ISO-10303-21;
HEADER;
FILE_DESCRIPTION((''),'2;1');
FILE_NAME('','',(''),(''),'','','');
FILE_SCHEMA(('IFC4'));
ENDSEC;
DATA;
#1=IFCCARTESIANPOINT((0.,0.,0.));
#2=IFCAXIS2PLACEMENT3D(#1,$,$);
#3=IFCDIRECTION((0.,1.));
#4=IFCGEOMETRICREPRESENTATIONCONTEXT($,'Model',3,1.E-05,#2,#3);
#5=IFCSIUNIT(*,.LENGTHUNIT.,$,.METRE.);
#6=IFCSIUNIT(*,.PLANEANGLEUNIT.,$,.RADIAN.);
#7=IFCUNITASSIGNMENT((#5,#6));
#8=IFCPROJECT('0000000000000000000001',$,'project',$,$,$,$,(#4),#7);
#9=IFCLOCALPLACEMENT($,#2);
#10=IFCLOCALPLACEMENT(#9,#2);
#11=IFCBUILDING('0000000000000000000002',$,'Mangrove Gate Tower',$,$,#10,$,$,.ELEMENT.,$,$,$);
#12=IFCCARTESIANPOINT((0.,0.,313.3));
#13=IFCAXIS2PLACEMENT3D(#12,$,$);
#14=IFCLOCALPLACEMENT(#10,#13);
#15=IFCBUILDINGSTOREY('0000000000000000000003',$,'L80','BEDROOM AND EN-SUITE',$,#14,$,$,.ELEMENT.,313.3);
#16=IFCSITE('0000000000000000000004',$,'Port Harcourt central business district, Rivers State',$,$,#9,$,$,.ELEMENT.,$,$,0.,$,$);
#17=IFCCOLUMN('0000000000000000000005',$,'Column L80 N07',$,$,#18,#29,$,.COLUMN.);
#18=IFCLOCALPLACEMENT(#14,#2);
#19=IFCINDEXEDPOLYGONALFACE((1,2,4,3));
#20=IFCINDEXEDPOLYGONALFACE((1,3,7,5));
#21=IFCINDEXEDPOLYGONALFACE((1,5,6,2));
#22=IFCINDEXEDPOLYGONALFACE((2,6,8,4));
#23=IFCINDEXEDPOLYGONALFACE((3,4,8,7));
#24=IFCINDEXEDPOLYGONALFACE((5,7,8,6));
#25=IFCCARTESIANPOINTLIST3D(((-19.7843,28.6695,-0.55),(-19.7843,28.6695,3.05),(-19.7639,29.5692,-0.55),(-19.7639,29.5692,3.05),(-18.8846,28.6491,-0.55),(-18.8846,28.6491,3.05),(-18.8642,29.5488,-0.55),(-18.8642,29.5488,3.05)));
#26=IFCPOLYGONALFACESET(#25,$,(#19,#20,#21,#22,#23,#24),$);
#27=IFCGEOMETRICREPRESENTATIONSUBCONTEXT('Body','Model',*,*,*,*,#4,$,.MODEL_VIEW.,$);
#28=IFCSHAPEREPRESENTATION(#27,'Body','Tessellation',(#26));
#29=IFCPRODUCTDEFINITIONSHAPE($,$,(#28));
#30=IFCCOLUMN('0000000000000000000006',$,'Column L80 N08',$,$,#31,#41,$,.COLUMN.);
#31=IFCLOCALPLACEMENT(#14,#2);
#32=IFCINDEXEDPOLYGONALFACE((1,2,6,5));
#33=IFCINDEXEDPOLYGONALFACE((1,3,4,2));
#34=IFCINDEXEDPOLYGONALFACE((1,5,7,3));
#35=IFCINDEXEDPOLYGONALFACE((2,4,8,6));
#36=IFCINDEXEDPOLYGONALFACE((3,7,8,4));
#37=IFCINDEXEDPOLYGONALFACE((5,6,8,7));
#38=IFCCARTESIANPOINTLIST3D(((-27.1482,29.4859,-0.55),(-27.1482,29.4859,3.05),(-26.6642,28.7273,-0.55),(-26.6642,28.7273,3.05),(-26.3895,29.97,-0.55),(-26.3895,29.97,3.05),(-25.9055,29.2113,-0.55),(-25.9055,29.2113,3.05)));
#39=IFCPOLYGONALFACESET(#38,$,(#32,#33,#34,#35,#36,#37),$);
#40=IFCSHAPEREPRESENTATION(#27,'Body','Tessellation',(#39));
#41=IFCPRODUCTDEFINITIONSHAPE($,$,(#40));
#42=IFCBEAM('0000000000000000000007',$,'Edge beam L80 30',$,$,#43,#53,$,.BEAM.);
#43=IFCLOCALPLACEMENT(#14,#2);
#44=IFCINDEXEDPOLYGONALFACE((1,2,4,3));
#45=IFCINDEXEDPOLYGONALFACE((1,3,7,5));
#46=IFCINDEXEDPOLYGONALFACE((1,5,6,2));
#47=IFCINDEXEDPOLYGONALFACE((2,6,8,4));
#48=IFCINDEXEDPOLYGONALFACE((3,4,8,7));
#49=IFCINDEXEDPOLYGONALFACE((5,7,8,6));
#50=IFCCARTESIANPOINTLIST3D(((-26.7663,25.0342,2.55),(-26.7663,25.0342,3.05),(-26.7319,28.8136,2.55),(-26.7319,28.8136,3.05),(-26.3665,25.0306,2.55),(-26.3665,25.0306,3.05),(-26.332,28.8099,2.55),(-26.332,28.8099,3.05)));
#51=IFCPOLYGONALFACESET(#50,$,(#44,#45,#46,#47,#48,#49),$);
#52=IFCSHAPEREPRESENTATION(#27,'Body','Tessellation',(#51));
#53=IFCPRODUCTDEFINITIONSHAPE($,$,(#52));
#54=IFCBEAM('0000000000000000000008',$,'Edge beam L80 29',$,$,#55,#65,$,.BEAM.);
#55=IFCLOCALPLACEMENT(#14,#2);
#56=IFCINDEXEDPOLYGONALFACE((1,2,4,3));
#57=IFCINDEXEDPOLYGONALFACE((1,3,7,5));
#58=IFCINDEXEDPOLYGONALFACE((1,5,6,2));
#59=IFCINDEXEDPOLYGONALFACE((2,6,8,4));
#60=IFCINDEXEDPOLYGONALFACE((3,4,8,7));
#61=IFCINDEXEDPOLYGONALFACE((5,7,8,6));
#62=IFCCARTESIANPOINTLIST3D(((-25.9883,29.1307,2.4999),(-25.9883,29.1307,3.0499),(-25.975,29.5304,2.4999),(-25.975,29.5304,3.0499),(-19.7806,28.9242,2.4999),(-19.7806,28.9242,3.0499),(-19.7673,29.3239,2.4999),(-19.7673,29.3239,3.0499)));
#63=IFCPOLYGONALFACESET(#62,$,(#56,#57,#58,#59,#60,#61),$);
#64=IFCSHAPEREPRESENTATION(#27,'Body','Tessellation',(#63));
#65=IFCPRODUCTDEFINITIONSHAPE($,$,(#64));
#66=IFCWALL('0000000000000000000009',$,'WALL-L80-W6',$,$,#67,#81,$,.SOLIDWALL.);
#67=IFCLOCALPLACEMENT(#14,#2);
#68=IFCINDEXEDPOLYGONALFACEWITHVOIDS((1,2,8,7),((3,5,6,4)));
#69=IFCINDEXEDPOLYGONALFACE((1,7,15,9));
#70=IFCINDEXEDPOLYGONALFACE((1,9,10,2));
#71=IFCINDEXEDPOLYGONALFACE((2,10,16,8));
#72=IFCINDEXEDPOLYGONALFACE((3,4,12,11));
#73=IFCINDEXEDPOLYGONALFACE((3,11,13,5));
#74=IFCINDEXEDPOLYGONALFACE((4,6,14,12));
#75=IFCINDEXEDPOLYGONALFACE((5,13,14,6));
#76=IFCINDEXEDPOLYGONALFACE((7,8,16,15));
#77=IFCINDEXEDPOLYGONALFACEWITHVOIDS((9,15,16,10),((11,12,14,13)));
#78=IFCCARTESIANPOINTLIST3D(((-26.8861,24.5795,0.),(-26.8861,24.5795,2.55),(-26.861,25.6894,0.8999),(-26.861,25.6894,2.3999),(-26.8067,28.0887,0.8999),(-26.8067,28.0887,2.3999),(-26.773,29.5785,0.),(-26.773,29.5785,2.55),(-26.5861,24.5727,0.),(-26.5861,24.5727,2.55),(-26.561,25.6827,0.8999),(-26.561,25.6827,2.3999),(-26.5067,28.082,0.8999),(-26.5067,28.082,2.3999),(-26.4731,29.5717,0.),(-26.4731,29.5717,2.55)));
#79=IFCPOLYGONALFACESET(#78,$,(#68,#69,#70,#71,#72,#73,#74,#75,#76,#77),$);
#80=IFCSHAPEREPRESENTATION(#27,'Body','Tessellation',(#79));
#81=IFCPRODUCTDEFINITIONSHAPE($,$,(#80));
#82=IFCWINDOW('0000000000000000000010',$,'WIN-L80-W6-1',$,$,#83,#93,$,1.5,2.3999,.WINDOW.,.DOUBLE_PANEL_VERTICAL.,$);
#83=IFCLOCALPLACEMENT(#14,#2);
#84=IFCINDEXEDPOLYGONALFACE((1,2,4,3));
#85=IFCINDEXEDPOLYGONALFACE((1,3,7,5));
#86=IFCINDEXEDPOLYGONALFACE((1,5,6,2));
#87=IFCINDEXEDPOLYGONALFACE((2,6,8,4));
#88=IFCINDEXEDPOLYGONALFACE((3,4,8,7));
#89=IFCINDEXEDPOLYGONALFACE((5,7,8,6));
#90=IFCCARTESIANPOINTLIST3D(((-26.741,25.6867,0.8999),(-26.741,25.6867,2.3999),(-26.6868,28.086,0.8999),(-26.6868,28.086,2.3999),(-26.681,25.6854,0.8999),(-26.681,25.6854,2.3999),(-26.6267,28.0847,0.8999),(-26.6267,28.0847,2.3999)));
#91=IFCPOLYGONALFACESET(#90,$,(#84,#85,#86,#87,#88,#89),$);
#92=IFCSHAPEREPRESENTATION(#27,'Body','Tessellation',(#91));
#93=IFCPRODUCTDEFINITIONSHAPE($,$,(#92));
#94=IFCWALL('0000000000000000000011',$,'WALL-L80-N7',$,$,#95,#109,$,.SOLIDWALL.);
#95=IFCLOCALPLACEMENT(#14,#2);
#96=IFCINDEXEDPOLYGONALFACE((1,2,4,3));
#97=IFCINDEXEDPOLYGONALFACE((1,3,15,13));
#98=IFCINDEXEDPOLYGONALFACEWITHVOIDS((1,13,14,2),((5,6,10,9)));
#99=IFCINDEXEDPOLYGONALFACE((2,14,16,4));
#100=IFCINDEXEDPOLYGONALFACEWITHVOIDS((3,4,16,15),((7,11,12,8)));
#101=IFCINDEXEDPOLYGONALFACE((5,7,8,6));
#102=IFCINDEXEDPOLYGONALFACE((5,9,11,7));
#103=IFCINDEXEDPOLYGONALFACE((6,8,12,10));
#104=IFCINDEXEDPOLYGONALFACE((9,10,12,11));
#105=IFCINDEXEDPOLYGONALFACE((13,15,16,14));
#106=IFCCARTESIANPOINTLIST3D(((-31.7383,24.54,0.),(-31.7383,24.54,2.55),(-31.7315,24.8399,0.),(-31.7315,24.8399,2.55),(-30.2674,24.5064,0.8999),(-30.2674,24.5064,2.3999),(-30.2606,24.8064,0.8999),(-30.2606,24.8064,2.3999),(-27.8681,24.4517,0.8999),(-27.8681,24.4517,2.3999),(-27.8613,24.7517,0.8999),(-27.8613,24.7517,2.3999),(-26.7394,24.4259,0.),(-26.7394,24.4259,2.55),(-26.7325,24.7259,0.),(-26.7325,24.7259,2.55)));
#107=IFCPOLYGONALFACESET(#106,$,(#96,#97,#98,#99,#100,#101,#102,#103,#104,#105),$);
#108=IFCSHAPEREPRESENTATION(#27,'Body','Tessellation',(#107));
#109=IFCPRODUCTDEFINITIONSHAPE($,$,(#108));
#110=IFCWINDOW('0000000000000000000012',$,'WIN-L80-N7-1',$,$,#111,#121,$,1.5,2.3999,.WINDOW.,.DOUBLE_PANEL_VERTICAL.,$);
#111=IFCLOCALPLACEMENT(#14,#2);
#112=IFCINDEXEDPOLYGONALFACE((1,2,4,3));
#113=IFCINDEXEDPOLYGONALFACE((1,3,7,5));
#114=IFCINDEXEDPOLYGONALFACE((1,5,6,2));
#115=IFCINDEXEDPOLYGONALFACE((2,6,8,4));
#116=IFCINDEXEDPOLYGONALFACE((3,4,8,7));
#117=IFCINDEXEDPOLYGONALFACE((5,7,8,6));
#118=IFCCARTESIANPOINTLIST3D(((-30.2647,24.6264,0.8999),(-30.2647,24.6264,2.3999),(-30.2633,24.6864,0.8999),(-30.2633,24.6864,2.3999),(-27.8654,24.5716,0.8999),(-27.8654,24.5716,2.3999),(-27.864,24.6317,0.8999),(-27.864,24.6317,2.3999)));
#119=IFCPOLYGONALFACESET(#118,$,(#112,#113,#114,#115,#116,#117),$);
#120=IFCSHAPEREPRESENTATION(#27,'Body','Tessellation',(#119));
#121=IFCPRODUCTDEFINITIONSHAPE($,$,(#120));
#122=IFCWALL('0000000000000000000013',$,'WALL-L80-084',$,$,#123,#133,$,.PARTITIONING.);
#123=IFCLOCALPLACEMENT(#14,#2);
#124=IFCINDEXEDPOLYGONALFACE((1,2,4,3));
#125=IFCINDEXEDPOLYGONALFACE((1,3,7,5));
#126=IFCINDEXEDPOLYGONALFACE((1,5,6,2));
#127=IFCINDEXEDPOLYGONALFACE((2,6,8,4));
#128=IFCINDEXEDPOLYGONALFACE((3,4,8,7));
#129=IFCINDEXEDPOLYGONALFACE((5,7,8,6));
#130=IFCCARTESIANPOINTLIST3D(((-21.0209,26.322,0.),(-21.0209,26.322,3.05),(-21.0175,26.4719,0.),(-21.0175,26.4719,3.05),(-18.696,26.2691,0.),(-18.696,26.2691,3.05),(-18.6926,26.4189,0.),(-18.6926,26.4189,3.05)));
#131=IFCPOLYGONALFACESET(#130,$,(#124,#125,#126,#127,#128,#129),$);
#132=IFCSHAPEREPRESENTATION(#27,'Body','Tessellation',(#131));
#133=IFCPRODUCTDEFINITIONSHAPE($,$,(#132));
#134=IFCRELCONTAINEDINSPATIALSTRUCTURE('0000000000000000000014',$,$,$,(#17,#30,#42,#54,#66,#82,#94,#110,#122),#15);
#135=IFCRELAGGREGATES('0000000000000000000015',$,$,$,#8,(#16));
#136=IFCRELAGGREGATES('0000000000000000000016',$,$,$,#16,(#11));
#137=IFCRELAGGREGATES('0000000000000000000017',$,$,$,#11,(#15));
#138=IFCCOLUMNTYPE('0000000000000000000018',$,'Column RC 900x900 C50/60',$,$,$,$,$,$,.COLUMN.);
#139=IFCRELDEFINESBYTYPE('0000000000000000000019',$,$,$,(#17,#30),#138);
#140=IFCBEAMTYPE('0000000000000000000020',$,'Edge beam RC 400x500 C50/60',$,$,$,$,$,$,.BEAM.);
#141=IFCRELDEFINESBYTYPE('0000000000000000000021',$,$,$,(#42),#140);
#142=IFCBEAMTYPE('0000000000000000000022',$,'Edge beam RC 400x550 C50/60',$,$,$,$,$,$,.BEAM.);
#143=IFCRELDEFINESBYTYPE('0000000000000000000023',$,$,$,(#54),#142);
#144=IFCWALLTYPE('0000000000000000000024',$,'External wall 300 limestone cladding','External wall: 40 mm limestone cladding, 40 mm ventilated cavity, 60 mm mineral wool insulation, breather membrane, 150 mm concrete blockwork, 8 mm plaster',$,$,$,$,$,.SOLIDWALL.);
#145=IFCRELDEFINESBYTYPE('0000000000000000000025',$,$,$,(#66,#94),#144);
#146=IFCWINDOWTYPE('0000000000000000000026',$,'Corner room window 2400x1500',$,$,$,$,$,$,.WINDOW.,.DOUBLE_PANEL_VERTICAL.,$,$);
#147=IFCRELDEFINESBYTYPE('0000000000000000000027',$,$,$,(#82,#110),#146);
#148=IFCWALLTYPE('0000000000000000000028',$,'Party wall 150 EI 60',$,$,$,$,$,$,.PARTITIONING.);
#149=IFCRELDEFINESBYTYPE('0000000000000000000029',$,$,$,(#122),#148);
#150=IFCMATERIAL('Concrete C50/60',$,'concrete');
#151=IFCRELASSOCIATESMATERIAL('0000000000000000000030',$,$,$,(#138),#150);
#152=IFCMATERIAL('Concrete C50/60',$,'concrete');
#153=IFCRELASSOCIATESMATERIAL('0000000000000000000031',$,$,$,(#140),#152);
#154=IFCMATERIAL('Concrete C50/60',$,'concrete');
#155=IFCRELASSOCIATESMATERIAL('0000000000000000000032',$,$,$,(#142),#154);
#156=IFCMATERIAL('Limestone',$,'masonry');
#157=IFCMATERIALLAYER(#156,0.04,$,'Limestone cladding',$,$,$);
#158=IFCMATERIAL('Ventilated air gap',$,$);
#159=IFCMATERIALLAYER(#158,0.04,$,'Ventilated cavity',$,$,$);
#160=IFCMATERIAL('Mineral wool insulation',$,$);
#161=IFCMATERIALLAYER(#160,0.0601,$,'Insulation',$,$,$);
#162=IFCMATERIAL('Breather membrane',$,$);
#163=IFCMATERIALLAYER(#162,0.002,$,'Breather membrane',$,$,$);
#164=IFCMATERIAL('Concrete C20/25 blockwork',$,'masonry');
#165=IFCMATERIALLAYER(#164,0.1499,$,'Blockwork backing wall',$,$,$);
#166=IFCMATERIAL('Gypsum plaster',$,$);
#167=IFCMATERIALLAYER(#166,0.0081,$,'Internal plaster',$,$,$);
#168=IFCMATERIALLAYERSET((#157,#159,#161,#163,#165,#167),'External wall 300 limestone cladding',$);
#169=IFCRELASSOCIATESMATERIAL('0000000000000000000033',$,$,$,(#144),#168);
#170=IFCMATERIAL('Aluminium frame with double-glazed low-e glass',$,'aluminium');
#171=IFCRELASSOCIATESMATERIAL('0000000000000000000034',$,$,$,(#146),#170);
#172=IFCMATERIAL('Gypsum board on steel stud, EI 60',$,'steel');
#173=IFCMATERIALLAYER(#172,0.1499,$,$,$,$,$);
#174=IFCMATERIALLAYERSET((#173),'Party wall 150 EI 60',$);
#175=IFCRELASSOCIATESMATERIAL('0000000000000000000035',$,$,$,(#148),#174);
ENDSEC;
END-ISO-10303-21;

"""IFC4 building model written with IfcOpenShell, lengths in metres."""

from ifc_helpers import new_model, si_unit, direction, frame, frame_2d, origin, origin_2d, place, context, subcontext, project, spatial, rectangle, extrude, material, layer, layer_set, material_profile, profile_set, type_object, element, fill, save


model = new_model("IFC4")

# Units and contexts
model_context = context("Model", 3, precision=1e-05, world=origin(), true_north=direction((0.0, 1.0)))
body_context = subcontext(model_context, "Body", "Model", "MODEL_VIEW")
ifc_project = project(units=[si_unit("LENGTHUNIT", "METRE"), si_unit("PLANEANGLEUNIT", "RADIAN")], contexts=[model_context])

# Site, building, storey
site_placement = place(None, origin())
site = spatial("IfcSite", under=ifc_project, at=site_placement, Name="Port Harcourt central business district, Rivers State", CompositionType="ELEMENT", RefElevation=0.0)
building_placement = place(site_placement, origin())
building = spatial("IfcBuilding", under=site, at=building_placement, Name="Mangrove Gate Tower", CompositionType="ELEMENT")
storey_placement = place(building_placement, frame((0.0, 0.0, 313.3)))
storey = spatial("IfcBuildingStorey", under=building, at=storey_placement, Name="L80", Description="BEDROOM AND EN-SUITE", CompositionType="ELEMENT", Elevation=313.3)

# Columns
ifc_material_1 = material(Name="Concrete C50/60", Category="concrete")
ifc_material_profile_1 = material_profile(ifc_material_1, rectangle(XDim=0.8999, YDim=0.8999, at=origin_2d()))
ifc_profile_set_1 = profile_set([ifc_material_profile_1], Name="Concrete C50/60")
column_type = type_object("IfcColumnType", Name="Column RC 900x900 C50/60", PredefinedType="COLUMN", material=ifc_profile_set_1)
for number, where, z_axis, x_axis, name in (
    (1, (-19.3242, 29.1091, -0.55), (0.0, 0.0, 1.0), (-0.999743, 0.022664, 0.0), "Column L80 N07"),
    (2, (-26.5269, 29.3486, -0.55), (0.0, 0.0, 1.0), (-0.843037, -0.537855, 0.0), "Column L80 N08"),
):
    element("IfcColumn", number, at=place(storey_placement, frame(where, z_axis=z_axis, x_axis=x_axis)), inside=storey, type_object=column_type, Name=name, PredefinedType="COLUMN", context=body_context, shape_type="SweptSolid", body=[
        extrude(rectangle(XDim=0.8999, YDim=0.8999, at=origin_2d()), origin(), (0.0, 0.0, 1.0), 3.6001),
    ])

# Beams
ifc_material_2 = material(Name="Concrete C50/60", Category="concrete")
ifc_material_profile_2 = material_profile(ifc_material_2, rectangle(XDim=0.3999, YDim=0.5, at=origin_2d()))
ifc_profile_set_2 = profile_set([ifc_material_profile_2], Name="Concrete C50/60")
beam_type_1 = type_object("IfcBeamType", Name="Edge beam RC 400x500 C50/60", PredefinedType="BEAM", material=ifc_profile_set_2)
beam_1_placement = place(storey_placement, frame((-26.532, 28.8118, 2.8), z_axis=(-0.009108, -0.999959, 0.0), x_axis=(0.999959, -0.009108, 0.0)))
element("IfcBeam", 3, at=beam_1_placement, inside=storey, type_object=beam_type_1, Name="Edge beam L80 30", PredefinedType="BEAM", context=body_context, shape_type="SweptSolid", body=[
    extrude(rectangle(XDim=0.3999, YDim=0.5, at=origin_2d()), origin(), (0.0, 0.0, 1.0), 3.7795),
])
ifc_material_3 = material(Name="Concrete C50/60", Category="concrete")
ifc_material_profile_3 = material_profile(ifc_material_3, rectangle(XDim=0.3999, YDim=0.55, at=origin_2d()))
ifc_profile_set_3 = profile_set([ifc_material_profile_3], Name="Concrete C50/60")
beam_type_2 = type_object("IfcBeamType", Name="Edge beam RC 400x550 C50/60", PredefinedType="BEAM", material=ifc_profile_set_3)
beam_2_placement = place(storey_placement, frame((-19.7739, 29.124, 2.7749), z_axis=(-0.999447, 0.033253, 0.0), x_axis=(-0.033253, -0.999447, 0.0)))
element("IfcBeam", 4, at=beam_2_placement, inside=storey, type_object=beam_type_2, Name="Edge beam L80 29", PredefinedType="BEAM", context=body_context, shape_type="SweptSolid", body=[
    extrude(rectangle(XDim=0.3999, YDim=0.55, at=origin_2d()), origin(), (0.0, 0.0, 1.0), 6.2112),
])

# Walls, openings, windows
ifc_material_4 = material(Name="Limestone", Category="masonry")
ifc_layer_1 = layer(ifc_material_4, 0.04, Name="Limestone cladding")
ifc_material_5 = material(Name="Ventilated air gap")
ifc_layer_2 = layer(ifc_material_5, 0.04, Name="Ventilated cavity")
ifc_material_6 = material(Name="Mineral wool insulation")
ifc_layer_3 = layer(ifc_material_6, 0.0601, Name="Insulation")
ifc_material_7 = material(Name="Breather membrane")
ifc_layer_4 = layer(ifc_material_7, 0.002, Name="Breather membrane")
ifc_material_8 = material(Name="Concrete C20/25 blockwork", Category="masonry")
ifc_layer_5 = layer(ifc_material_8, 0.1499, Name="Blockwork backing wall")
ifc_material_9 = material(Name="Gypsum plaster")
ifc_layer_6 = layer(ifc_material_9, 0.0081, Name="Internal plaster")
ifc_layer_set_1 = layer_set([ifc_layer_1, ifc_layer_2, ifc_layer_3, ifc_layer_4, ifc_layer_5, ifc_layer_6], Name="External wall 300 limestone cladding")
wall_type_1 = type_object("IfcWallType", Name="External wall 300 limestone cladding", Description="External wall: 40 mm limestone cladding, 40 mm ventilated cavity, 60 mm mineral wool insulation, breather membrane, 150 mm concrete blockwork, 8 mm plaster", PredefinedType="SOLIDWALL", material=ifc_layer_set_1)
wall_1_placement = place(storey_placement, frame((-26.623, 29.575, 0.0), z_axis=(0.0, 0.0, 1.0), x_axis=(-0.022606, -0.999744, 0.0)))
wall_1 = element("IfcWall", 5, at=wall_1_placement, inside=storey, type_object=wall_type_1, Name="WALL-L80-W6", PredefinedType="SOLIDWALL", context=body_context, shape_type="SweptSolid", body=[
    extrude(rectangle(XDim=5.0002, YDim=0.3, at=frame_2d((2.5, 0.0))), origin(), (0.0, 0.0, 1.0), 2.55),
])
opening_1_placement = place(wall_1_placement, frame((1.49, 0.0, 0.8999)))
opening_1 = element("IfcOpeningElement", 6, at=opening_1_placement, cuts=wall_1, PredefinedType="OPENING", context=body_context, shape_type="SweptSolid", body=[
    extrude(rectangle(XDim=2.3999, YDim=1.5, at=frame_2d((1.2, 0.75))), frame((0.0, 0.1599, 0.0), z_axis=(0.0, -1.0, 0.0), x_axis=(1.0, 0.0, 0.0)), (0.0, 0.0, 1.0), 0.3201),
])
ifc_material_10 = material(Name="Aluminium frame with double-glazed low-e glass", Category="aluminium")
window_type_1 = type_object("IfcWindowType", Name="Corner room window 2400x1500", PartitioningType="DOUBLE_PANEL_VERTICAL", PredefinedType="WINDOW", material=ifc_material_10)
window_1_placement = place(opening_1_placement, origin())
window_1 = element("IfcWindow", 7, at=window_1_placement, inside=storey, type_object=window_type_1, Name="WIN-L80-W6-1", OverallHeight=1.5, OverallWidth=2.3999, PartitioningType="DOUBLE_PANEL_VERTICAL", PredefinedType="WINDOW", context=body_context, shape_type="SweptSolid", body=[
    extrude(rectangle(XDim=2.3999, YDim=1.5, at=frame_2d((1.2, 0.75))), frame((0.0, 0.03, 0.0), z_axis=(0.0, -1.0, 0.0), x_axis=(1.0, 0.0, 0.0)), (0.0, 0.0, 1.0), 0.0601),
])
fill(opening_1, window_1)
wall_2_placement = place(storey_placement, frame((-26.7361, 24.5759, 0.0), z_axis=(0.0, 0.0, 1.0), x_axis=(-0.99974, 0.022801, 0.0)))
wall_2 = element("IfcWall", 8, at=wall_2_placement, inside=storey, type_object=wall_type_1, Name="WALL-L80-N7", PredefinedType="SOLIDWALL", context=body_context, shape_type="SweptSolid", body=[
    extrude(rectangle(XDim=5.0002, YDim=0.3, at=frame_2d((2.5, 0.0))), origin(), (0.0, 0.0, 1.0), 2.55),
])
opening_2_placement = place(wall_2_placement, frame((1.1289, 0.0, 0.8999)))
opening_2 = element("IfcOpeningElement", 9, at=opening_2_placement, cuts=wall_2, PredefinedType="OPENING", context=body_context, shape_type="SweptSolid", body=[
    extrude(rectangle(XDim=2.3999, YDim=1.5, at=frame_2d((1.2, 0.75))), frame((0.0, 0.1599, 0.0), z_axis=(0.0, -1.0, 0.0), x_axis=(1.0, 0.0, 0.0)), (0.0, 0.0, 1.0), 0.3201),
])
window_2_placement = place(opening_2_placement, origin())
window_2 = element("IfcWindow", 10, at=window_2_placement, inside=storey, type_object=window_type_1, Name="WIN-L80-N7-1", OverallHeight=1.5, OverallWidth=2.3999, PartitioningType="DOUBLE_PANEL_VERTICAL", PredefinedType="WINDOW", context=body_context, shape_type="SweptSolid", body=[
    extrude(rectangle(XDim=2.3999, YDim=1.5, at=frame_2d((1.2, 0.75))), frame((0.0, 0.03, 0.0), z_axis=(0.0, -1.0, 0.0), x_axis=(1.0, 0.0, 0.0)), (0.0, 0.0, 1.0), 0.0601),
])
fill(opening_2, window_2)

# Wall
ifc_material_11 = material(Name="Gypsum board on steel stud, EI 60", Category="steel")
ifc_layer_7 = layer(ifc_material_11, 0.1499)
ifc_layer_set_2 = layer_set([ifc_layer_7], Name="Party wall 150 EI 60")
wall_type_2 = type_object("IfcWallType", Name="Party wall 150 EI 60", PredefinedType="PARTITIONING", material=ifc_layer_set_2)
wall_3_placement = place(storey_placement, frame((-21.019, 26.397, 0.0), z_axis=(0.0, 0.0, 1.0), x_axis=(0.99974, -0.022781, 0.0)))
element("IfcWall", 11, at=wall_3_placement, inside=storey, type_object=wall_type_2, Name="WALL-L80-084", PredefinedType="PARTITIONING", context=body_context, shape_type="SweptSolid", body=[
    extrude(rectangle(XDim=2.3254, YDim=0.1499, at=frame_2d((1.1626, 0.0))), origin(), (0.0, 0.0, 1.0), 3.05),
])

save(model, "model.ifc")
